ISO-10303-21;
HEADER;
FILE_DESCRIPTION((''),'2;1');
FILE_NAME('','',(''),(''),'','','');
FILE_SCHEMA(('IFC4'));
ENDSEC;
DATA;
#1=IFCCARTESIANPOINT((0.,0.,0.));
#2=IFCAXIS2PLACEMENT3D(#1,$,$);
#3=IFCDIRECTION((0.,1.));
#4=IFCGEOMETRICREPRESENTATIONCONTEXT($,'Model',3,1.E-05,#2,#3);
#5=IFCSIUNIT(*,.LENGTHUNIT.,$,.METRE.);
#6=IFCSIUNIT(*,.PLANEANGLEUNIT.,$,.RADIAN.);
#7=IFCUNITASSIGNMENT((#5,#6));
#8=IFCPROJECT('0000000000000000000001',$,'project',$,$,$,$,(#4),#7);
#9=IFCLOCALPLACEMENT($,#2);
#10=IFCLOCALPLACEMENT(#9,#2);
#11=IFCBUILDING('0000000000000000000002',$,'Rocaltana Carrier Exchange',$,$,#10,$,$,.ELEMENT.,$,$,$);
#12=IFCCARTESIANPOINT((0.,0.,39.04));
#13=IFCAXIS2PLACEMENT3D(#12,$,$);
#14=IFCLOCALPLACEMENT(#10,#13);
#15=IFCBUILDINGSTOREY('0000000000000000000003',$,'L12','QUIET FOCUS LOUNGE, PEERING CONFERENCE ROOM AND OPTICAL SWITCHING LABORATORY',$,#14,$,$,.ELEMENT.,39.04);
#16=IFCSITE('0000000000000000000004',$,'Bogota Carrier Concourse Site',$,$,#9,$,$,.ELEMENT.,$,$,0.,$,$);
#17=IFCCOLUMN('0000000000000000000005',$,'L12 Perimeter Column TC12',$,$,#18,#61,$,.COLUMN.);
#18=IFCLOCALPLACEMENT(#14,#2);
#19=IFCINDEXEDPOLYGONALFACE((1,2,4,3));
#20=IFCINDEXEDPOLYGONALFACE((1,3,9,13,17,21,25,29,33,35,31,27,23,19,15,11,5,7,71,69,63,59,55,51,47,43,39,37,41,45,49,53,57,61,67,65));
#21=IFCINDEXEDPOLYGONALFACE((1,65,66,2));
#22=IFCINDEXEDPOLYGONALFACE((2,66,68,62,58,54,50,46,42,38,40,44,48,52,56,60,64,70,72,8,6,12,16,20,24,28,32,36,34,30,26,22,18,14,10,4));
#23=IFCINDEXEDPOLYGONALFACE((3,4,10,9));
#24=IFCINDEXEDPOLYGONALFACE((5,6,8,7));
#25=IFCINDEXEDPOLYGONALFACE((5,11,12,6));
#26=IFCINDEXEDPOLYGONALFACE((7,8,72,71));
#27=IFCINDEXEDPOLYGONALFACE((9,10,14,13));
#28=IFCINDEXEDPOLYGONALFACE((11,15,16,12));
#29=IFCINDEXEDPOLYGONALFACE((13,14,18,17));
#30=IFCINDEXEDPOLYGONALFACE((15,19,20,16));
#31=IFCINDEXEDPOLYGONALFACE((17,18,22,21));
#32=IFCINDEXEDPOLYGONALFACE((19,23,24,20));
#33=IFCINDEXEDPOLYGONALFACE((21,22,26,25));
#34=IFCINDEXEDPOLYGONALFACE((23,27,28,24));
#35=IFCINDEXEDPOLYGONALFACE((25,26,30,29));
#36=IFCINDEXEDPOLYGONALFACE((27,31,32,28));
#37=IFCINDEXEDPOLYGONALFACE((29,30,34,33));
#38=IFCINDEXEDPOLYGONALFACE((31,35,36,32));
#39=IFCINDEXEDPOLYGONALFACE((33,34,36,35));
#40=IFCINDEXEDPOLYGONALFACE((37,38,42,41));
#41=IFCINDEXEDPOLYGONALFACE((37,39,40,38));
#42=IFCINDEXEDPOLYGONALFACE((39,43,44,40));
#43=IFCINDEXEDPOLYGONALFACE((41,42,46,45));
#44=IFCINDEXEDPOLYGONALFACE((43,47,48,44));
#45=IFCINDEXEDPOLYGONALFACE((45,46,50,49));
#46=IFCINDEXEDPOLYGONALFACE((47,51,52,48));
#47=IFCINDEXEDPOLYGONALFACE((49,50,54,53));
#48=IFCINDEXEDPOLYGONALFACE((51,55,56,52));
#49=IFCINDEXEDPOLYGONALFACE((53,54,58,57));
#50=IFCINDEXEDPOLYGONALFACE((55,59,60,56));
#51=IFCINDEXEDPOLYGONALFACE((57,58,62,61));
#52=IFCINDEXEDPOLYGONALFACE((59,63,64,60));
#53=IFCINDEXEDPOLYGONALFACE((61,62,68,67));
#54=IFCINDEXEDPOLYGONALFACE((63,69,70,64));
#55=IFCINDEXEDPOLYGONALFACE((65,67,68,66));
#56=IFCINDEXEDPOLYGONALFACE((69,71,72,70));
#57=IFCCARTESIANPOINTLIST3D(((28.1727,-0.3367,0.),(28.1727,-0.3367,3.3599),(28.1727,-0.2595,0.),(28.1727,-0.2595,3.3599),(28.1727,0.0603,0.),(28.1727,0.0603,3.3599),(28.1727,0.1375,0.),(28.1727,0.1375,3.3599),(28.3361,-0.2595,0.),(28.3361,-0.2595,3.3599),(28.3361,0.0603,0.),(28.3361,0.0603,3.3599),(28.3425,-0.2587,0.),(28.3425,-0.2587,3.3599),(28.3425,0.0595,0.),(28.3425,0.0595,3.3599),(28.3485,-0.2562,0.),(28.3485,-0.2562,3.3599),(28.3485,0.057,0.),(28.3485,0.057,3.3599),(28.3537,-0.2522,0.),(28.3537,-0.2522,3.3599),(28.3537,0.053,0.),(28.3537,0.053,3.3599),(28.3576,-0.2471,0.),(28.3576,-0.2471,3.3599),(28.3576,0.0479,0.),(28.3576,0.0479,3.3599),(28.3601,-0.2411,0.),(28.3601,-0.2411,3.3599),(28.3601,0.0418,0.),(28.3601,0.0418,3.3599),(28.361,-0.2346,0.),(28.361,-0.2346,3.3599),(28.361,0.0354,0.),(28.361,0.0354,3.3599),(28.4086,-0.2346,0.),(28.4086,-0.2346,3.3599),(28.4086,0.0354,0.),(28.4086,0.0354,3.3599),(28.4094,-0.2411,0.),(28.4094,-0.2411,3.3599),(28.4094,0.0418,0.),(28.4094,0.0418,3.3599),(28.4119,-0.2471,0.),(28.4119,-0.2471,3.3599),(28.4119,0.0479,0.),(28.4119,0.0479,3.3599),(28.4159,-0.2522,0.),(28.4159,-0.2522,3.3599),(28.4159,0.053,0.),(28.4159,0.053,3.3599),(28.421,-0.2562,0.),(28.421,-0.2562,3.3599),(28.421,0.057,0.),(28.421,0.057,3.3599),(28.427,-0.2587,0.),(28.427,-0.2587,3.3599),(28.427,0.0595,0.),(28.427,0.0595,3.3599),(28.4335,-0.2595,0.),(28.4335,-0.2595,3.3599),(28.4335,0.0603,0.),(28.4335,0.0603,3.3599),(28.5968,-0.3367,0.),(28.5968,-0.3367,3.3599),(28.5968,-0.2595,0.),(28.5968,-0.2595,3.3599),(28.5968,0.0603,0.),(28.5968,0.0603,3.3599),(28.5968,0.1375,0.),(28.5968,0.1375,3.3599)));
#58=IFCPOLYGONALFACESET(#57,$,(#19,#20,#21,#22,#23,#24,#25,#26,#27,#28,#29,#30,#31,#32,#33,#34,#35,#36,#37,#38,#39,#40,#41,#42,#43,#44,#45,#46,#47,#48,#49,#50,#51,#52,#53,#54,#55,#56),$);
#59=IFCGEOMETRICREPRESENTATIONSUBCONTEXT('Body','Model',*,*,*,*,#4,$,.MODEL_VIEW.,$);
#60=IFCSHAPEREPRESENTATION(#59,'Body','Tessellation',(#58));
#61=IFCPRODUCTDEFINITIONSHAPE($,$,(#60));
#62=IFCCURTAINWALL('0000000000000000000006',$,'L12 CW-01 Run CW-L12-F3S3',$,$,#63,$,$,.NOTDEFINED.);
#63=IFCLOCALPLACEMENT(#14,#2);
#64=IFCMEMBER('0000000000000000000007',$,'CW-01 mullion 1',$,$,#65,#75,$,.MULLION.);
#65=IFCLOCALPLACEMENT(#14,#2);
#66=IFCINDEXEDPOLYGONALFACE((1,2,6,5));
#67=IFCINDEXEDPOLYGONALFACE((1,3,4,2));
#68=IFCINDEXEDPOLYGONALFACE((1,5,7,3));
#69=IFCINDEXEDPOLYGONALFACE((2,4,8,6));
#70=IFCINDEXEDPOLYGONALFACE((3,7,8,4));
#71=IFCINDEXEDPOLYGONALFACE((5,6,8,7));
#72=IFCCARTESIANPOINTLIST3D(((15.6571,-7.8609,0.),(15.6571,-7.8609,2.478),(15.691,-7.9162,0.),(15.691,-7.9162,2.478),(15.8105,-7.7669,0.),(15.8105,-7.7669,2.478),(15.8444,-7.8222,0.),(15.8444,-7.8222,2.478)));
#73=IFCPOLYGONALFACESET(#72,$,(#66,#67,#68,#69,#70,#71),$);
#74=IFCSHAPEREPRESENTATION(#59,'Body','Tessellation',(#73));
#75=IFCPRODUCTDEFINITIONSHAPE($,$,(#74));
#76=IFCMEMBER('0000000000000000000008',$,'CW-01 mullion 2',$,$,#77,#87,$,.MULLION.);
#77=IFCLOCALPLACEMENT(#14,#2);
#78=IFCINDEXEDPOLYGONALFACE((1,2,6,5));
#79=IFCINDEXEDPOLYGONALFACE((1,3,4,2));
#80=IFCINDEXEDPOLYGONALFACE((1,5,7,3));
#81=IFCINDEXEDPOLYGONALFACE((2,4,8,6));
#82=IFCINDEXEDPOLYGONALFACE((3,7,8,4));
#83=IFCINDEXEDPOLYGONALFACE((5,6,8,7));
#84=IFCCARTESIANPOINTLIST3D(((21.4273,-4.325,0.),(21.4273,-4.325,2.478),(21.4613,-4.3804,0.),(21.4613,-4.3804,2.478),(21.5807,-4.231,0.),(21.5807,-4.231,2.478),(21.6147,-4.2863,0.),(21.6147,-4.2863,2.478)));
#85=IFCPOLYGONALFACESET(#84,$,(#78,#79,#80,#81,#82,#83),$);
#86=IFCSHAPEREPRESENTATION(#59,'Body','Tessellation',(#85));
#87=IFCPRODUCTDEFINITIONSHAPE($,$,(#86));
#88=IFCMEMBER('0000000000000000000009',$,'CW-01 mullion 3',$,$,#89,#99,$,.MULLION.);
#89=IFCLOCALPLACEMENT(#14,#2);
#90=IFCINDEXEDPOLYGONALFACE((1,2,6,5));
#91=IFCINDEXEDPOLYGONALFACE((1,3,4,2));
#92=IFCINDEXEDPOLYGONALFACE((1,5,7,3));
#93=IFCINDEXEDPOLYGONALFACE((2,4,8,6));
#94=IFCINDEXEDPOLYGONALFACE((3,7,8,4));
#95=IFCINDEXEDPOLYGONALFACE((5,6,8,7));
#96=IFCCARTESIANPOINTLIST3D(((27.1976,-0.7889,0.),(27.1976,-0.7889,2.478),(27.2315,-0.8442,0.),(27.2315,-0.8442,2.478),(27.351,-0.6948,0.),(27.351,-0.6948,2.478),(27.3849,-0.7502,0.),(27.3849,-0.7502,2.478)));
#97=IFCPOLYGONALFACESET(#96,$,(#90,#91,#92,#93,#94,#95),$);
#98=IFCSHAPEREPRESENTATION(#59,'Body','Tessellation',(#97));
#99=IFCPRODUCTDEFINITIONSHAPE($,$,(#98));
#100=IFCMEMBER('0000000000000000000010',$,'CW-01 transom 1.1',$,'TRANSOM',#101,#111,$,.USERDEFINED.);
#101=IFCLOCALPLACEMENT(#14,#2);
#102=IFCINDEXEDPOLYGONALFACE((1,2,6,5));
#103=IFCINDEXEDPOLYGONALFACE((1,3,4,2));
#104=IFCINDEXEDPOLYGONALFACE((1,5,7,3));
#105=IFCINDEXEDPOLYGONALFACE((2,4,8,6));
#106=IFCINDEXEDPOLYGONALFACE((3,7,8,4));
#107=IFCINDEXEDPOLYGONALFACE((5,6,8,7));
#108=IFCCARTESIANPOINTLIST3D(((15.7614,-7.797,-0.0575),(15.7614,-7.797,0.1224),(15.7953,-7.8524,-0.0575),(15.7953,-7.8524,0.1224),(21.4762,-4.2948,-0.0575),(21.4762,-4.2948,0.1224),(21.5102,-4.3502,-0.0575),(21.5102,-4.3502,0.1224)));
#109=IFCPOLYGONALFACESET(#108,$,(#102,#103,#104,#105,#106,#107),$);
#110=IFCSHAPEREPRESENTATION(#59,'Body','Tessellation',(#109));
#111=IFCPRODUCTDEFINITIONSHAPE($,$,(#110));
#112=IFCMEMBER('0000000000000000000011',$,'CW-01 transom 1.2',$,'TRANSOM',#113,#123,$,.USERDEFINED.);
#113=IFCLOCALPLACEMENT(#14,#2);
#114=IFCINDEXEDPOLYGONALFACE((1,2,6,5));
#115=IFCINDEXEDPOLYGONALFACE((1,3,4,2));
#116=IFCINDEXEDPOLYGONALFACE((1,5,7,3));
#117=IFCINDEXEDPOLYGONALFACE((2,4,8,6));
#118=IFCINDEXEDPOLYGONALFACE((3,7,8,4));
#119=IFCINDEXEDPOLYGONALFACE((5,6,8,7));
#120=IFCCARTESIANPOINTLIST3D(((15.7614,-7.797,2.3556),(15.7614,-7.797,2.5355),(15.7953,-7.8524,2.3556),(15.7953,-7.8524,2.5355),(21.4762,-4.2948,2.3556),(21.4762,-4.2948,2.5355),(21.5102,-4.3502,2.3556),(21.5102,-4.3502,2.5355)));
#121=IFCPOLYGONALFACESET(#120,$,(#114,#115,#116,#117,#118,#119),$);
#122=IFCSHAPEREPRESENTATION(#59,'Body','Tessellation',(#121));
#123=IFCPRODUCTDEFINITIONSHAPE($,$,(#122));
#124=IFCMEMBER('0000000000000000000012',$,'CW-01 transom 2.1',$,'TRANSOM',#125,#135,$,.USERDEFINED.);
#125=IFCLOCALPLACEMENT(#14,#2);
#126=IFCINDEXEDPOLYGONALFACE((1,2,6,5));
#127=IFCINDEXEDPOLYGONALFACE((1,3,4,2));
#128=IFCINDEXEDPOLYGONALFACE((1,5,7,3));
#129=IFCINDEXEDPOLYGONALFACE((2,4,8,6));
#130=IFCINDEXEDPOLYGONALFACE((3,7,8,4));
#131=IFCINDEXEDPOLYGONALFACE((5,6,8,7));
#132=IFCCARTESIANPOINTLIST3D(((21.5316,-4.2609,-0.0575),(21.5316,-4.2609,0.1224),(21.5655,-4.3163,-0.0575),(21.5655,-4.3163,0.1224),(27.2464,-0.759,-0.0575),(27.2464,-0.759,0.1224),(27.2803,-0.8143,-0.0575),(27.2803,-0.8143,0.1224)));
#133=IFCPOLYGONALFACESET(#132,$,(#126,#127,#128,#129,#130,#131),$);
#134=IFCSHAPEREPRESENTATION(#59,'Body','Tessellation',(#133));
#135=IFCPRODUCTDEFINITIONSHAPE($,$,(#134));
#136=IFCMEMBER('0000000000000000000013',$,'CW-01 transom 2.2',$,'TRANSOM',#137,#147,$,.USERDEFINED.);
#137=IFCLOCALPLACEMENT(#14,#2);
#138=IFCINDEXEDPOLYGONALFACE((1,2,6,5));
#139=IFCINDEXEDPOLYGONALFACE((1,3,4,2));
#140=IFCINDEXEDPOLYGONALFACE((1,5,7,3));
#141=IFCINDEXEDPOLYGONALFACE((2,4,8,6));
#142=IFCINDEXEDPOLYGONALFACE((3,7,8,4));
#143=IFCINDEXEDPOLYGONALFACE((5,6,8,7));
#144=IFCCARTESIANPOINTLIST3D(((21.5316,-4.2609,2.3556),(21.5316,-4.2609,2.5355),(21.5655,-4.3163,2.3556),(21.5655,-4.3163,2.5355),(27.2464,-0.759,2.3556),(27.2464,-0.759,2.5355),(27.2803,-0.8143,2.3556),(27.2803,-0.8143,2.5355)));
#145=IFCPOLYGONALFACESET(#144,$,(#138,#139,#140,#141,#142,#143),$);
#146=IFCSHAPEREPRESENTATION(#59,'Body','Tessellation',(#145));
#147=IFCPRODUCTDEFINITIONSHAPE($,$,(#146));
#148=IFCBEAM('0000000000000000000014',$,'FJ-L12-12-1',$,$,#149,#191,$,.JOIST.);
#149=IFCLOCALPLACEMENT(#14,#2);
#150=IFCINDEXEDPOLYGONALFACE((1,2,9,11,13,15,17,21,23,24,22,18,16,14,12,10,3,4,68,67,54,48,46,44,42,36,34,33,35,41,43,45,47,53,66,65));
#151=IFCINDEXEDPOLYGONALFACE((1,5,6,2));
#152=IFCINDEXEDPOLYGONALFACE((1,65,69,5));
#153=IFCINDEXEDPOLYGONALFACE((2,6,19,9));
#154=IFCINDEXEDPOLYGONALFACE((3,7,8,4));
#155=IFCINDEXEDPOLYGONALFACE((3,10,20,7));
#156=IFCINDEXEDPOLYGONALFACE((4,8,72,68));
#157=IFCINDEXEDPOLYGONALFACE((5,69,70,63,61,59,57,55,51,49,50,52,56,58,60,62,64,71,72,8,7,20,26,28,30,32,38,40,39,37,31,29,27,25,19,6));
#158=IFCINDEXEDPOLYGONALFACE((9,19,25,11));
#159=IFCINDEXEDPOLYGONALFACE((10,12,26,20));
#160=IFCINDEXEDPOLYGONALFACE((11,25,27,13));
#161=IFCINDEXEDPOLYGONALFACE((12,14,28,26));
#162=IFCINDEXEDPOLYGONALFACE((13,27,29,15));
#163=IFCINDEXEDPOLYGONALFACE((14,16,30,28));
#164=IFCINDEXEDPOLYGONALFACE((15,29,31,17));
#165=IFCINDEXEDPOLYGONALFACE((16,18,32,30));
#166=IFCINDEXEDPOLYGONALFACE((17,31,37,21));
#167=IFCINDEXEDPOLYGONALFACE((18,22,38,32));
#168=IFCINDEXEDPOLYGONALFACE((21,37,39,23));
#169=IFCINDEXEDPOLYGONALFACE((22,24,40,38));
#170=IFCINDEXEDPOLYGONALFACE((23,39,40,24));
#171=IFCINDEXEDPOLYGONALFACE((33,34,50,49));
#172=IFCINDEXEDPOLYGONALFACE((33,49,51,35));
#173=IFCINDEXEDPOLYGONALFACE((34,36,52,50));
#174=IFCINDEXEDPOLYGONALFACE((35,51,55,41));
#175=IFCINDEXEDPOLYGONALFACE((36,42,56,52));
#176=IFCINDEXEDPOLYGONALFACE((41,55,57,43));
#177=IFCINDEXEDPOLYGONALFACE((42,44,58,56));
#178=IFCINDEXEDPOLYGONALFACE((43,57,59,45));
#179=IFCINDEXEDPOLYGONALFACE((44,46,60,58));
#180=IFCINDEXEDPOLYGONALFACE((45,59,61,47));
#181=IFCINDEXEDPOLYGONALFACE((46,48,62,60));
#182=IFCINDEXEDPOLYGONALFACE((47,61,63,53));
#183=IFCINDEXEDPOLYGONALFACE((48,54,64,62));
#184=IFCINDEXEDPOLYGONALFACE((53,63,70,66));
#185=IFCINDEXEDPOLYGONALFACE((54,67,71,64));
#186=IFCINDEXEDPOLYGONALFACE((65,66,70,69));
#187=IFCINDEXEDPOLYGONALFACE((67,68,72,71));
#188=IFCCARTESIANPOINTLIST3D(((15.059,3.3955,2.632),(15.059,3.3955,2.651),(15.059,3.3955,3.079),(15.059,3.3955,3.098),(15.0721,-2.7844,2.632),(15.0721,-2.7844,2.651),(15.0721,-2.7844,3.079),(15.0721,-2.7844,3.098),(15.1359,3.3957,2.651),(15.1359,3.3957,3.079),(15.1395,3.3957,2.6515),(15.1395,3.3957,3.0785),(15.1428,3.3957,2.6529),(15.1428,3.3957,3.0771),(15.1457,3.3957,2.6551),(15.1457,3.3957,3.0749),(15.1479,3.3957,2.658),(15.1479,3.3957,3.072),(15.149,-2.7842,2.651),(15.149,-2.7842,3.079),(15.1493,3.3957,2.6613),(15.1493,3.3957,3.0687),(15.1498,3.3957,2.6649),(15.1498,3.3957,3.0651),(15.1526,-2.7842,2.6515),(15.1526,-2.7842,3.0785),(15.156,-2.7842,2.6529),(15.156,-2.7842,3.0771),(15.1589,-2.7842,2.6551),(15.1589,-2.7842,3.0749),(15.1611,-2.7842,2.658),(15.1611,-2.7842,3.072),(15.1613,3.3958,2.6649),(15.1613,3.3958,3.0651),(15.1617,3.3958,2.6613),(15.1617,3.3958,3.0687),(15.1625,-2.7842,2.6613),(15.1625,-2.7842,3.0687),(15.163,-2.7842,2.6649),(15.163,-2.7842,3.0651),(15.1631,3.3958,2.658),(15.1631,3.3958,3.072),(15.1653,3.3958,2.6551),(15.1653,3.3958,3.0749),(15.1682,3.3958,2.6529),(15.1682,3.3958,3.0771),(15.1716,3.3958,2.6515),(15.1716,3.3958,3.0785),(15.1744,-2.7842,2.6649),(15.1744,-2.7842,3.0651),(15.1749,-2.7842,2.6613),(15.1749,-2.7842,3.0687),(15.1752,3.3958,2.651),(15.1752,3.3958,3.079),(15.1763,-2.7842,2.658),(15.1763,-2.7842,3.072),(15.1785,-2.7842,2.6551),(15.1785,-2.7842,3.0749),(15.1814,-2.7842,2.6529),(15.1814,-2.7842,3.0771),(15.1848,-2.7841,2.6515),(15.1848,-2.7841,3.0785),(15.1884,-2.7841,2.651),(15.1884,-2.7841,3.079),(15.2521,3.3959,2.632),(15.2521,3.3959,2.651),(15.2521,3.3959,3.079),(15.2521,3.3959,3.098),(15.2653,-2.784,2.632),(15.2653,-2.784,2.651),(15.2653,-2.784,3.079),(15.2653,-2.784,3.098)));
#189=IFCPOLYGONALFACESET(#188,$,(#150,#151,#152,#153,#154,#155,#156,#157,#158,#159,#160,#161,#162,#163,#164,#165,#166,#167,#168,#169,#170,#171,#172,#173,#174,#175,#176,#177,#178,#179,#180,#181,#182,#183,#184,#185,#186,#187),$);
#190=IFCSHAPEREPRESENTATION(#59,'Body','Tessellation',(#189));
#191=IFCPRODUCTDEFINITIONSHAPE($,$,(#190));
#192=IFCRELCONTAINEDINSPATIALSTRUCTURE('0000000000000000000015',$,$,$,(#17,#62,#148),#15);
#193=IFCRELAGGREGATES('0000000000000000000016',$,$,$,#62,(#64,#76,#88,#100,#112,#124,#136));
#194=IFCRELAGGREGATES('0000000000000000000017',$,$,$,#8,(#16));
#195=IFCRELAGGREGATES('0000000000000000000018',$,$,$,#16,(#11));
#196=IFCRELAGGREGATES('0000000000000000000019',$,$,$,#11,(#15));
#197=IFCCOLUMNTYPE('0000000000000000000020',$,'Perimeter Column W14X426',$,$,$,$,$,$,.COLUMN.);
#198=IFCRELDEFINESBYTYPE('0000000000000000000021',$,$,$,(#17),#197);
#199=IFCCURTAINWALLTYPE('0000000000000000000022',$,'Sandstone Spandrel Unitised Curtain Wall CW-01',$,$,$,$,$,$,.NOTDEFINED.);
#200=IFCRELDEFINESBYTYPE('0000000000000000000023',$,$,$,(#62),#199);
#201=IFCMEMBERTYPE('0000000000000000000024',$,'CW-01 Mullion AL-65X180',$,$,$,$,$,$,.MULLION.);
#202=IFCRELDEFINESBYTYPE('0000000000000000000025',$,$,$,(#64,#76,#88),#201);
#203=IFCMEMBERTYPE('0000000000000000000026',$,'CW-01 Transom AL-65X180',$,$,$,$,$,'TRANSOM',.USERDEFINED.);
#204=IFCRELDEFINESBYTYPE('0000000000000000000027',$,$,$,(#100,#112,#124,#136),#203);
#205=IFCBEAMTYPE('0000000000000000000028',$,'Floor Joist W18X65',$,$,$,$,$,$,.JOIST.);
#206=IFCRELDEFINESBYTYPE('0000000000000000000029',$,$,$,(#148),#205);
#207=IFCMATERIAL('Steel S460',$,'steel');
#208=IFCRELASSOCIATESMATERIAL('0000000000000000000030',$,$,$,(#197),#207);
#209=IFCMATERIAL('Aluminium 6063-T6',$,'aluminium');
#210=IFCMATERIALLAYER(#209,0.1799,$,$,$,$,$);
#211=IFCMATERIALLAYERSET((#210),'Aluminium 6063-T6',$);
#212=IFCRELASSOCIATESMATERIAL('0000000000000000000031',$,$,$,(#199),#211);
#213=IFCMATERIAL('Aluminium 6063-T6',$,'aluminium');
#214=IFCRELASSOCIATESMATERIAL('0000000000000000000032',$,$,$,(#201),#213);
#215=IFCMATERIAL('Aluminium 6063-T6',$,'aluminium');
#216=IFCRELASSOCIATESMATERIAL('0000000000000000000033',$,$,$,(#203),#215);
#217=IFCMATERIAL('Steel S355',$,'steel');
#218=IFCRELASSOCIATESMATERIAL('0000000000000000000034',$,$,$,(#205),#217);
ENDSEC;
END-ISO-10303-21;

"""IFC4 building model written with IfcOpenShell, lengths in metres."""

from ifc_helpers import new_model, si_unit, direction, frame, origin, origin_2d, place, context, subcontext, project, spatial, rectangle, i_section, extrude, material, layer, layer_set, material_profile, profile_set, type_object, element, aggregate, save


model = new_model("IFC4")

# Units and contexts
model_context = context("Model", 3, precision=1e-05, world=origin(), true_north=direction((0.0, 1.0)))
body_context = subcontext(model_context, "Body", "Model", "MODEL_VIEW")
ifc_project = project(units=[si_unit("LENGTHUNIT", "METRE"), si_unit("PLANEANGLEUNIT", "RADIAN")], contexts=[model_context])

# Site, building, storey
site_placement = place(None, origin())
site = spatial("IfcSite", under=ifc_project, at=site_placement, Name="Bogota Carrier Concourse Site", CompositionType="ELEMENT", RefElevation=0.0)
building_placement = place(site_placement, origin())
building = spatial("IfcBuilding", under=site, at=building_placement, Name="Rocaltana Carrier Exchange", CompositionType="ELEMENT")
storey_placement = place(building_placement, frame((0.0, 0.0, 39.04)))
storey = spatial("IfcBuildingStorey", under=building, at=storey_placement, Name="L12", Description="QUIET FOCUS LOUNGE, PEERING CONFERENCE ROOM AND OPTICAL SWITCHING LABORATORY", CompositionType="ELEMENT", Elevation=39.04)

# Column
ifc_material_1 = material(Name="Steel S460", Category="steel")
ifc_material_profile_1 = material_profile(ifc_material_1, i_section(OverallWidth=0.4241, OverallDepth=0.4741, WebThickness=0.0476, FlangeThickness=0.0771, FilletRadius=0.0249, at=origin_2d()), Name="W14X426")
ifc_profile_set_1 = profile_set([ifc_material_profile_1], Name="Steel S460")
column_type = type_object("IfcColumnType", Name="Perimeter Column W14X426", PredefinedType="COLUMN", material=ifc_profile_set_1)
column_placement = place(storey_placement, frame((28.3848, -0.0996, 0.0), z_axis=(0.0, 0.0, 1.0), x_axis=(1.0, 0.0, 0.0)))
element("IfcColumn", 1, at=column_placement, inside=storey, type_object=column_type, Name="L12 Perimeter Column TC12", PredefinedType="COLUMN", context=body_context, shape_type="SweptSolid", body=[
    extrude(i_section(OverallWidth=0.4241, OverallDepth=0.4741, WebThickness=0.0476, FlangeThickness=0.0771, FilletRadius=0.0249, at=origin_2d()), origin(), (0.0, 0.0, 1.0), 3.3599),
])

# Curtain wall, members
ifc_material_2 = material(Name="Aluminium 6063-T6", Category="aluminium")
ifc_layer_1 = layer(ifc_material_2, 0.1799)
ifc_layer_set_1 = layer_set([ifc_layer_1], Name="Aluminium 6063-T6")
curtain_wall_type = type_object("IfcCurtainWallType", Name="Sandstone Spandrel Unitised Curtain Wall CW-01", PredefinedType="NOTDEFINED", material=ifc_layer_set_1)
curtain_wall_placement = place(storey_placement, origin())
curtain_wall = element("IfcCurtainWall", 2, at=curtain_wall_placement, inside=storey, type_object=curtain_wall_type, Name="L12 CW-01 Run CW-L12-F3S3", PredefinedType="NOTDEFINED")
ifc_material_3 = material(Name="Aluminium 6063-T6", Category="aluminium")
ifc_material_profile_2 = material_profile(ifc_material_3, rectangle(XDim=0.0649, YDim=0.1799, at=origin_2d()), Name="AL-65X180")
ifc_profile_set_2 = profile_set([ifc_material_profile_2], Name="Aluminium 6063-T6")
member_type_1 = type_object("IfcMemberType", Name="CW-01 Mullion AL-65X180", PredefinedType="MULLION", material=ifc_profile_set_2)
member_1_placement = place(storey_placement, frame((15.7507, -7.8416, 0.0), z_axis=(0.0, 0.0, 1.0), x_axis=(-0.5225, 0.852639, 0.0)))
member_1 = element("IfcMember", 3, at=member_1_placement, type_object=member_type_1, Name="CW-01 mullion 1", PredefinedType="MULLION", context=body_context, shape_type="SweptSolid", body=[
    extrude(rectangle(XDim=0.0649, YDim=0.1799, at=origin_2d()), origin(), (0.0, 0.0, 1.0), 2.478),
])
member_2_placement = place(storey_placement, frame((21.521, -4.3057, 0.0), z_axis=(0.0, 0.0, 1.0), x_axis=(-0.5225, 0.852639, 0.0)))
member_2 = element("IfcMember", 4, at=member_2_placement, type_object=member_type_1, Name="CW-01 mullion 2", PredefinedType="MULLION", context=body_context, shape_type="SweptSolid", body=[
    extrude(rectangle(XDim=0.0649, YDim=0.1799, at=origin_2d()), origin(), (0.0, 0.0, 1.0), 2.478),
])
member_3_placement = place(storey_placement, frame((27.2913, -0.7695, 0.0), z_axis=(0.0, 0.0, 1.0), x_axis=(-0.5225, 0.852639, 0.0)))
member_3 = element("IfcMember", 5, at=member_3_placement, type_object=member_type_1, Name="CW-01 mullion 3", PredefinedType="MULLION", context=body_context, shape_type="SweptSolid", body=[
    extrude(rectangle(XDim=0.0649, YDim=0.1799, at=origin_2d()), origin(), (0.0, 0.0, 1.0), 2.478),
])
ifc_material_4 = material(Name="Aluminium 6063-T6", Category="aluminium")
ifc_material_profile_3 = material_profile(ifc_material_4, rectangle(XDim=0.0649, YDim=0.1799, at=origin_2d()), Name="AL-65X180")
ifc_profile_set_3 = profile_set([ifc_material_profile_3], Name="Aluminium 6063-T6")
member_type_2 = type_object("IfcMemberType", Name="CW-01 Transom AL-65X180", ElementType="TRANSOM", PredefinedType="USERDEFINED", material=ifc_profile_set_3)
member_4_placement = place(storey_placement, frame((15.7783, -7.8247, 0.0325), z_axis=(0.852631, 0.522513, 0.0), x_axis=(-0.522513, 0.852631, 0.0)))
member_4 = element("IfcMember", 6, at=member_4_placement, type_object=member_type_2, Name="CW-01 transom 1.1", ObjectType="TRANSOM", PredefinedType="USERDEFINED", context=body_context, shape_type="SweptSolid", body=[
    extrude(rectangle(XDim=0.0649, YDim=0.1799, at=origin_2d()), origin(), (0.0, 0.0, 1.0), 6.7026),
])
member_5_placement = place(storey_placement, frame((15.7783, -7.8247, 2.4456), z_axis=(0.852631, 0.522513, 0.0), x_axis=(-0.522513, 0.852631, 0.0)))
member_5 = element("IfcMember", 7, at=member_5_placement, type_object=member_type_2, Name="CW-01 transom 1.2", ObjectType="TRANSOM", PredefinedType="USERDEFINED", context=body_context, shape_type="SweptSolid", body=[
    extrude(rectangle(XDim=0.0649, YDim=0.1799, at=origin_2d()), origin(), (0.0, 0.0, 1.0), 6.7026),
])
member_6_placement = place(storey_placement, frame((21.5486, -4.2886, 0.0325), z_axis=(0.852647, 0.522487, 0.0), x_axis=(-0.522487, 0.852647, 0.0)))
member_6 = element("IfcMember", 8, at=member_6_placement, type_object=member_type_2, Name="CW-01 transom 2.1", ObjectType="TRANSOM", PredefinedType="USERDEFINED", context=body_context, shape_type="SweptSolid", body=[
    extrude(rectangle(XDim=0.0649, YDim=0.1799, at=origin_2d()), origin(), (0.0, 0.0, 1.0), 6.7024),
])
member_7_placement = place(storey_placement, frame((21.5486, -4.2886, 2.4456), z_axis=(0.852647, 0.522487, 0.0), x_axis=(-0.522487, 0.852647, 0.0)))
member_7 = element("IfcMember", 9, at=member_7_placement, type_object=member_type_2, Name="CW-01 transom 2.2", ObjectType="TRANSOM", PredefinedType="USERDEFINED", context=body_context, shape_type="SweptSolid", body=[
    extrude(rectangle(XDim=0.0649, YDim=0.1799, at=origin_2d()), origin(), (0.0, 0.0, 1.0), 6.7024),
])

# Beam
ifc_material_5 = material(Name="Steel S355", Category="steel")
ifc_material_profile_4 = material_profile(ifc_material_5, i_section(OverallWidth=0.1931, OverallDepth=0.4661, WebThickness=0.0115, FlangeThickness=0.019, FilletRadius=0.0139, at=origin_2d()), Name="W18X65")
ifc_profile_set_4 = profile_set([ifc_material_profile_4], Name="Steel S355")
beam_type_1 = type_object("IfcBeamType", Name="Floor Joist W18X65", PredefinedType="JOIST", material=ifc_profile_set_4)
beam_1_placement = place(storey_placement, frame((15.1687, -2.7842, 2.865), z_axis=(-0.002133, 0.999998, 0.0), x_axis=(-0.999998, -0.002133, 0.0)))
element("IfcBeam", 10, at=beam_1_placement, inside=storey, type_object=beam_type_1, Name="FJ-L12-12-1", PredefinedType="JOIST", context=body_context, shape_type="SweptSolid", body=[
    extrude(i_section(OverallWidth=0.1931, OverallDepth=0.4661, WebThickness=0.0115, FlangeThickness=0.019, FilletRadius=0.0139, at=origin_2d()), origin(), (0.0, 0.0, 1.0), 6.1799),
])

aggregate(curtain_wall, [member_1, member_2, member_3, member_4, member_5, member_6, member_7])

save(model, "model.ifc")
